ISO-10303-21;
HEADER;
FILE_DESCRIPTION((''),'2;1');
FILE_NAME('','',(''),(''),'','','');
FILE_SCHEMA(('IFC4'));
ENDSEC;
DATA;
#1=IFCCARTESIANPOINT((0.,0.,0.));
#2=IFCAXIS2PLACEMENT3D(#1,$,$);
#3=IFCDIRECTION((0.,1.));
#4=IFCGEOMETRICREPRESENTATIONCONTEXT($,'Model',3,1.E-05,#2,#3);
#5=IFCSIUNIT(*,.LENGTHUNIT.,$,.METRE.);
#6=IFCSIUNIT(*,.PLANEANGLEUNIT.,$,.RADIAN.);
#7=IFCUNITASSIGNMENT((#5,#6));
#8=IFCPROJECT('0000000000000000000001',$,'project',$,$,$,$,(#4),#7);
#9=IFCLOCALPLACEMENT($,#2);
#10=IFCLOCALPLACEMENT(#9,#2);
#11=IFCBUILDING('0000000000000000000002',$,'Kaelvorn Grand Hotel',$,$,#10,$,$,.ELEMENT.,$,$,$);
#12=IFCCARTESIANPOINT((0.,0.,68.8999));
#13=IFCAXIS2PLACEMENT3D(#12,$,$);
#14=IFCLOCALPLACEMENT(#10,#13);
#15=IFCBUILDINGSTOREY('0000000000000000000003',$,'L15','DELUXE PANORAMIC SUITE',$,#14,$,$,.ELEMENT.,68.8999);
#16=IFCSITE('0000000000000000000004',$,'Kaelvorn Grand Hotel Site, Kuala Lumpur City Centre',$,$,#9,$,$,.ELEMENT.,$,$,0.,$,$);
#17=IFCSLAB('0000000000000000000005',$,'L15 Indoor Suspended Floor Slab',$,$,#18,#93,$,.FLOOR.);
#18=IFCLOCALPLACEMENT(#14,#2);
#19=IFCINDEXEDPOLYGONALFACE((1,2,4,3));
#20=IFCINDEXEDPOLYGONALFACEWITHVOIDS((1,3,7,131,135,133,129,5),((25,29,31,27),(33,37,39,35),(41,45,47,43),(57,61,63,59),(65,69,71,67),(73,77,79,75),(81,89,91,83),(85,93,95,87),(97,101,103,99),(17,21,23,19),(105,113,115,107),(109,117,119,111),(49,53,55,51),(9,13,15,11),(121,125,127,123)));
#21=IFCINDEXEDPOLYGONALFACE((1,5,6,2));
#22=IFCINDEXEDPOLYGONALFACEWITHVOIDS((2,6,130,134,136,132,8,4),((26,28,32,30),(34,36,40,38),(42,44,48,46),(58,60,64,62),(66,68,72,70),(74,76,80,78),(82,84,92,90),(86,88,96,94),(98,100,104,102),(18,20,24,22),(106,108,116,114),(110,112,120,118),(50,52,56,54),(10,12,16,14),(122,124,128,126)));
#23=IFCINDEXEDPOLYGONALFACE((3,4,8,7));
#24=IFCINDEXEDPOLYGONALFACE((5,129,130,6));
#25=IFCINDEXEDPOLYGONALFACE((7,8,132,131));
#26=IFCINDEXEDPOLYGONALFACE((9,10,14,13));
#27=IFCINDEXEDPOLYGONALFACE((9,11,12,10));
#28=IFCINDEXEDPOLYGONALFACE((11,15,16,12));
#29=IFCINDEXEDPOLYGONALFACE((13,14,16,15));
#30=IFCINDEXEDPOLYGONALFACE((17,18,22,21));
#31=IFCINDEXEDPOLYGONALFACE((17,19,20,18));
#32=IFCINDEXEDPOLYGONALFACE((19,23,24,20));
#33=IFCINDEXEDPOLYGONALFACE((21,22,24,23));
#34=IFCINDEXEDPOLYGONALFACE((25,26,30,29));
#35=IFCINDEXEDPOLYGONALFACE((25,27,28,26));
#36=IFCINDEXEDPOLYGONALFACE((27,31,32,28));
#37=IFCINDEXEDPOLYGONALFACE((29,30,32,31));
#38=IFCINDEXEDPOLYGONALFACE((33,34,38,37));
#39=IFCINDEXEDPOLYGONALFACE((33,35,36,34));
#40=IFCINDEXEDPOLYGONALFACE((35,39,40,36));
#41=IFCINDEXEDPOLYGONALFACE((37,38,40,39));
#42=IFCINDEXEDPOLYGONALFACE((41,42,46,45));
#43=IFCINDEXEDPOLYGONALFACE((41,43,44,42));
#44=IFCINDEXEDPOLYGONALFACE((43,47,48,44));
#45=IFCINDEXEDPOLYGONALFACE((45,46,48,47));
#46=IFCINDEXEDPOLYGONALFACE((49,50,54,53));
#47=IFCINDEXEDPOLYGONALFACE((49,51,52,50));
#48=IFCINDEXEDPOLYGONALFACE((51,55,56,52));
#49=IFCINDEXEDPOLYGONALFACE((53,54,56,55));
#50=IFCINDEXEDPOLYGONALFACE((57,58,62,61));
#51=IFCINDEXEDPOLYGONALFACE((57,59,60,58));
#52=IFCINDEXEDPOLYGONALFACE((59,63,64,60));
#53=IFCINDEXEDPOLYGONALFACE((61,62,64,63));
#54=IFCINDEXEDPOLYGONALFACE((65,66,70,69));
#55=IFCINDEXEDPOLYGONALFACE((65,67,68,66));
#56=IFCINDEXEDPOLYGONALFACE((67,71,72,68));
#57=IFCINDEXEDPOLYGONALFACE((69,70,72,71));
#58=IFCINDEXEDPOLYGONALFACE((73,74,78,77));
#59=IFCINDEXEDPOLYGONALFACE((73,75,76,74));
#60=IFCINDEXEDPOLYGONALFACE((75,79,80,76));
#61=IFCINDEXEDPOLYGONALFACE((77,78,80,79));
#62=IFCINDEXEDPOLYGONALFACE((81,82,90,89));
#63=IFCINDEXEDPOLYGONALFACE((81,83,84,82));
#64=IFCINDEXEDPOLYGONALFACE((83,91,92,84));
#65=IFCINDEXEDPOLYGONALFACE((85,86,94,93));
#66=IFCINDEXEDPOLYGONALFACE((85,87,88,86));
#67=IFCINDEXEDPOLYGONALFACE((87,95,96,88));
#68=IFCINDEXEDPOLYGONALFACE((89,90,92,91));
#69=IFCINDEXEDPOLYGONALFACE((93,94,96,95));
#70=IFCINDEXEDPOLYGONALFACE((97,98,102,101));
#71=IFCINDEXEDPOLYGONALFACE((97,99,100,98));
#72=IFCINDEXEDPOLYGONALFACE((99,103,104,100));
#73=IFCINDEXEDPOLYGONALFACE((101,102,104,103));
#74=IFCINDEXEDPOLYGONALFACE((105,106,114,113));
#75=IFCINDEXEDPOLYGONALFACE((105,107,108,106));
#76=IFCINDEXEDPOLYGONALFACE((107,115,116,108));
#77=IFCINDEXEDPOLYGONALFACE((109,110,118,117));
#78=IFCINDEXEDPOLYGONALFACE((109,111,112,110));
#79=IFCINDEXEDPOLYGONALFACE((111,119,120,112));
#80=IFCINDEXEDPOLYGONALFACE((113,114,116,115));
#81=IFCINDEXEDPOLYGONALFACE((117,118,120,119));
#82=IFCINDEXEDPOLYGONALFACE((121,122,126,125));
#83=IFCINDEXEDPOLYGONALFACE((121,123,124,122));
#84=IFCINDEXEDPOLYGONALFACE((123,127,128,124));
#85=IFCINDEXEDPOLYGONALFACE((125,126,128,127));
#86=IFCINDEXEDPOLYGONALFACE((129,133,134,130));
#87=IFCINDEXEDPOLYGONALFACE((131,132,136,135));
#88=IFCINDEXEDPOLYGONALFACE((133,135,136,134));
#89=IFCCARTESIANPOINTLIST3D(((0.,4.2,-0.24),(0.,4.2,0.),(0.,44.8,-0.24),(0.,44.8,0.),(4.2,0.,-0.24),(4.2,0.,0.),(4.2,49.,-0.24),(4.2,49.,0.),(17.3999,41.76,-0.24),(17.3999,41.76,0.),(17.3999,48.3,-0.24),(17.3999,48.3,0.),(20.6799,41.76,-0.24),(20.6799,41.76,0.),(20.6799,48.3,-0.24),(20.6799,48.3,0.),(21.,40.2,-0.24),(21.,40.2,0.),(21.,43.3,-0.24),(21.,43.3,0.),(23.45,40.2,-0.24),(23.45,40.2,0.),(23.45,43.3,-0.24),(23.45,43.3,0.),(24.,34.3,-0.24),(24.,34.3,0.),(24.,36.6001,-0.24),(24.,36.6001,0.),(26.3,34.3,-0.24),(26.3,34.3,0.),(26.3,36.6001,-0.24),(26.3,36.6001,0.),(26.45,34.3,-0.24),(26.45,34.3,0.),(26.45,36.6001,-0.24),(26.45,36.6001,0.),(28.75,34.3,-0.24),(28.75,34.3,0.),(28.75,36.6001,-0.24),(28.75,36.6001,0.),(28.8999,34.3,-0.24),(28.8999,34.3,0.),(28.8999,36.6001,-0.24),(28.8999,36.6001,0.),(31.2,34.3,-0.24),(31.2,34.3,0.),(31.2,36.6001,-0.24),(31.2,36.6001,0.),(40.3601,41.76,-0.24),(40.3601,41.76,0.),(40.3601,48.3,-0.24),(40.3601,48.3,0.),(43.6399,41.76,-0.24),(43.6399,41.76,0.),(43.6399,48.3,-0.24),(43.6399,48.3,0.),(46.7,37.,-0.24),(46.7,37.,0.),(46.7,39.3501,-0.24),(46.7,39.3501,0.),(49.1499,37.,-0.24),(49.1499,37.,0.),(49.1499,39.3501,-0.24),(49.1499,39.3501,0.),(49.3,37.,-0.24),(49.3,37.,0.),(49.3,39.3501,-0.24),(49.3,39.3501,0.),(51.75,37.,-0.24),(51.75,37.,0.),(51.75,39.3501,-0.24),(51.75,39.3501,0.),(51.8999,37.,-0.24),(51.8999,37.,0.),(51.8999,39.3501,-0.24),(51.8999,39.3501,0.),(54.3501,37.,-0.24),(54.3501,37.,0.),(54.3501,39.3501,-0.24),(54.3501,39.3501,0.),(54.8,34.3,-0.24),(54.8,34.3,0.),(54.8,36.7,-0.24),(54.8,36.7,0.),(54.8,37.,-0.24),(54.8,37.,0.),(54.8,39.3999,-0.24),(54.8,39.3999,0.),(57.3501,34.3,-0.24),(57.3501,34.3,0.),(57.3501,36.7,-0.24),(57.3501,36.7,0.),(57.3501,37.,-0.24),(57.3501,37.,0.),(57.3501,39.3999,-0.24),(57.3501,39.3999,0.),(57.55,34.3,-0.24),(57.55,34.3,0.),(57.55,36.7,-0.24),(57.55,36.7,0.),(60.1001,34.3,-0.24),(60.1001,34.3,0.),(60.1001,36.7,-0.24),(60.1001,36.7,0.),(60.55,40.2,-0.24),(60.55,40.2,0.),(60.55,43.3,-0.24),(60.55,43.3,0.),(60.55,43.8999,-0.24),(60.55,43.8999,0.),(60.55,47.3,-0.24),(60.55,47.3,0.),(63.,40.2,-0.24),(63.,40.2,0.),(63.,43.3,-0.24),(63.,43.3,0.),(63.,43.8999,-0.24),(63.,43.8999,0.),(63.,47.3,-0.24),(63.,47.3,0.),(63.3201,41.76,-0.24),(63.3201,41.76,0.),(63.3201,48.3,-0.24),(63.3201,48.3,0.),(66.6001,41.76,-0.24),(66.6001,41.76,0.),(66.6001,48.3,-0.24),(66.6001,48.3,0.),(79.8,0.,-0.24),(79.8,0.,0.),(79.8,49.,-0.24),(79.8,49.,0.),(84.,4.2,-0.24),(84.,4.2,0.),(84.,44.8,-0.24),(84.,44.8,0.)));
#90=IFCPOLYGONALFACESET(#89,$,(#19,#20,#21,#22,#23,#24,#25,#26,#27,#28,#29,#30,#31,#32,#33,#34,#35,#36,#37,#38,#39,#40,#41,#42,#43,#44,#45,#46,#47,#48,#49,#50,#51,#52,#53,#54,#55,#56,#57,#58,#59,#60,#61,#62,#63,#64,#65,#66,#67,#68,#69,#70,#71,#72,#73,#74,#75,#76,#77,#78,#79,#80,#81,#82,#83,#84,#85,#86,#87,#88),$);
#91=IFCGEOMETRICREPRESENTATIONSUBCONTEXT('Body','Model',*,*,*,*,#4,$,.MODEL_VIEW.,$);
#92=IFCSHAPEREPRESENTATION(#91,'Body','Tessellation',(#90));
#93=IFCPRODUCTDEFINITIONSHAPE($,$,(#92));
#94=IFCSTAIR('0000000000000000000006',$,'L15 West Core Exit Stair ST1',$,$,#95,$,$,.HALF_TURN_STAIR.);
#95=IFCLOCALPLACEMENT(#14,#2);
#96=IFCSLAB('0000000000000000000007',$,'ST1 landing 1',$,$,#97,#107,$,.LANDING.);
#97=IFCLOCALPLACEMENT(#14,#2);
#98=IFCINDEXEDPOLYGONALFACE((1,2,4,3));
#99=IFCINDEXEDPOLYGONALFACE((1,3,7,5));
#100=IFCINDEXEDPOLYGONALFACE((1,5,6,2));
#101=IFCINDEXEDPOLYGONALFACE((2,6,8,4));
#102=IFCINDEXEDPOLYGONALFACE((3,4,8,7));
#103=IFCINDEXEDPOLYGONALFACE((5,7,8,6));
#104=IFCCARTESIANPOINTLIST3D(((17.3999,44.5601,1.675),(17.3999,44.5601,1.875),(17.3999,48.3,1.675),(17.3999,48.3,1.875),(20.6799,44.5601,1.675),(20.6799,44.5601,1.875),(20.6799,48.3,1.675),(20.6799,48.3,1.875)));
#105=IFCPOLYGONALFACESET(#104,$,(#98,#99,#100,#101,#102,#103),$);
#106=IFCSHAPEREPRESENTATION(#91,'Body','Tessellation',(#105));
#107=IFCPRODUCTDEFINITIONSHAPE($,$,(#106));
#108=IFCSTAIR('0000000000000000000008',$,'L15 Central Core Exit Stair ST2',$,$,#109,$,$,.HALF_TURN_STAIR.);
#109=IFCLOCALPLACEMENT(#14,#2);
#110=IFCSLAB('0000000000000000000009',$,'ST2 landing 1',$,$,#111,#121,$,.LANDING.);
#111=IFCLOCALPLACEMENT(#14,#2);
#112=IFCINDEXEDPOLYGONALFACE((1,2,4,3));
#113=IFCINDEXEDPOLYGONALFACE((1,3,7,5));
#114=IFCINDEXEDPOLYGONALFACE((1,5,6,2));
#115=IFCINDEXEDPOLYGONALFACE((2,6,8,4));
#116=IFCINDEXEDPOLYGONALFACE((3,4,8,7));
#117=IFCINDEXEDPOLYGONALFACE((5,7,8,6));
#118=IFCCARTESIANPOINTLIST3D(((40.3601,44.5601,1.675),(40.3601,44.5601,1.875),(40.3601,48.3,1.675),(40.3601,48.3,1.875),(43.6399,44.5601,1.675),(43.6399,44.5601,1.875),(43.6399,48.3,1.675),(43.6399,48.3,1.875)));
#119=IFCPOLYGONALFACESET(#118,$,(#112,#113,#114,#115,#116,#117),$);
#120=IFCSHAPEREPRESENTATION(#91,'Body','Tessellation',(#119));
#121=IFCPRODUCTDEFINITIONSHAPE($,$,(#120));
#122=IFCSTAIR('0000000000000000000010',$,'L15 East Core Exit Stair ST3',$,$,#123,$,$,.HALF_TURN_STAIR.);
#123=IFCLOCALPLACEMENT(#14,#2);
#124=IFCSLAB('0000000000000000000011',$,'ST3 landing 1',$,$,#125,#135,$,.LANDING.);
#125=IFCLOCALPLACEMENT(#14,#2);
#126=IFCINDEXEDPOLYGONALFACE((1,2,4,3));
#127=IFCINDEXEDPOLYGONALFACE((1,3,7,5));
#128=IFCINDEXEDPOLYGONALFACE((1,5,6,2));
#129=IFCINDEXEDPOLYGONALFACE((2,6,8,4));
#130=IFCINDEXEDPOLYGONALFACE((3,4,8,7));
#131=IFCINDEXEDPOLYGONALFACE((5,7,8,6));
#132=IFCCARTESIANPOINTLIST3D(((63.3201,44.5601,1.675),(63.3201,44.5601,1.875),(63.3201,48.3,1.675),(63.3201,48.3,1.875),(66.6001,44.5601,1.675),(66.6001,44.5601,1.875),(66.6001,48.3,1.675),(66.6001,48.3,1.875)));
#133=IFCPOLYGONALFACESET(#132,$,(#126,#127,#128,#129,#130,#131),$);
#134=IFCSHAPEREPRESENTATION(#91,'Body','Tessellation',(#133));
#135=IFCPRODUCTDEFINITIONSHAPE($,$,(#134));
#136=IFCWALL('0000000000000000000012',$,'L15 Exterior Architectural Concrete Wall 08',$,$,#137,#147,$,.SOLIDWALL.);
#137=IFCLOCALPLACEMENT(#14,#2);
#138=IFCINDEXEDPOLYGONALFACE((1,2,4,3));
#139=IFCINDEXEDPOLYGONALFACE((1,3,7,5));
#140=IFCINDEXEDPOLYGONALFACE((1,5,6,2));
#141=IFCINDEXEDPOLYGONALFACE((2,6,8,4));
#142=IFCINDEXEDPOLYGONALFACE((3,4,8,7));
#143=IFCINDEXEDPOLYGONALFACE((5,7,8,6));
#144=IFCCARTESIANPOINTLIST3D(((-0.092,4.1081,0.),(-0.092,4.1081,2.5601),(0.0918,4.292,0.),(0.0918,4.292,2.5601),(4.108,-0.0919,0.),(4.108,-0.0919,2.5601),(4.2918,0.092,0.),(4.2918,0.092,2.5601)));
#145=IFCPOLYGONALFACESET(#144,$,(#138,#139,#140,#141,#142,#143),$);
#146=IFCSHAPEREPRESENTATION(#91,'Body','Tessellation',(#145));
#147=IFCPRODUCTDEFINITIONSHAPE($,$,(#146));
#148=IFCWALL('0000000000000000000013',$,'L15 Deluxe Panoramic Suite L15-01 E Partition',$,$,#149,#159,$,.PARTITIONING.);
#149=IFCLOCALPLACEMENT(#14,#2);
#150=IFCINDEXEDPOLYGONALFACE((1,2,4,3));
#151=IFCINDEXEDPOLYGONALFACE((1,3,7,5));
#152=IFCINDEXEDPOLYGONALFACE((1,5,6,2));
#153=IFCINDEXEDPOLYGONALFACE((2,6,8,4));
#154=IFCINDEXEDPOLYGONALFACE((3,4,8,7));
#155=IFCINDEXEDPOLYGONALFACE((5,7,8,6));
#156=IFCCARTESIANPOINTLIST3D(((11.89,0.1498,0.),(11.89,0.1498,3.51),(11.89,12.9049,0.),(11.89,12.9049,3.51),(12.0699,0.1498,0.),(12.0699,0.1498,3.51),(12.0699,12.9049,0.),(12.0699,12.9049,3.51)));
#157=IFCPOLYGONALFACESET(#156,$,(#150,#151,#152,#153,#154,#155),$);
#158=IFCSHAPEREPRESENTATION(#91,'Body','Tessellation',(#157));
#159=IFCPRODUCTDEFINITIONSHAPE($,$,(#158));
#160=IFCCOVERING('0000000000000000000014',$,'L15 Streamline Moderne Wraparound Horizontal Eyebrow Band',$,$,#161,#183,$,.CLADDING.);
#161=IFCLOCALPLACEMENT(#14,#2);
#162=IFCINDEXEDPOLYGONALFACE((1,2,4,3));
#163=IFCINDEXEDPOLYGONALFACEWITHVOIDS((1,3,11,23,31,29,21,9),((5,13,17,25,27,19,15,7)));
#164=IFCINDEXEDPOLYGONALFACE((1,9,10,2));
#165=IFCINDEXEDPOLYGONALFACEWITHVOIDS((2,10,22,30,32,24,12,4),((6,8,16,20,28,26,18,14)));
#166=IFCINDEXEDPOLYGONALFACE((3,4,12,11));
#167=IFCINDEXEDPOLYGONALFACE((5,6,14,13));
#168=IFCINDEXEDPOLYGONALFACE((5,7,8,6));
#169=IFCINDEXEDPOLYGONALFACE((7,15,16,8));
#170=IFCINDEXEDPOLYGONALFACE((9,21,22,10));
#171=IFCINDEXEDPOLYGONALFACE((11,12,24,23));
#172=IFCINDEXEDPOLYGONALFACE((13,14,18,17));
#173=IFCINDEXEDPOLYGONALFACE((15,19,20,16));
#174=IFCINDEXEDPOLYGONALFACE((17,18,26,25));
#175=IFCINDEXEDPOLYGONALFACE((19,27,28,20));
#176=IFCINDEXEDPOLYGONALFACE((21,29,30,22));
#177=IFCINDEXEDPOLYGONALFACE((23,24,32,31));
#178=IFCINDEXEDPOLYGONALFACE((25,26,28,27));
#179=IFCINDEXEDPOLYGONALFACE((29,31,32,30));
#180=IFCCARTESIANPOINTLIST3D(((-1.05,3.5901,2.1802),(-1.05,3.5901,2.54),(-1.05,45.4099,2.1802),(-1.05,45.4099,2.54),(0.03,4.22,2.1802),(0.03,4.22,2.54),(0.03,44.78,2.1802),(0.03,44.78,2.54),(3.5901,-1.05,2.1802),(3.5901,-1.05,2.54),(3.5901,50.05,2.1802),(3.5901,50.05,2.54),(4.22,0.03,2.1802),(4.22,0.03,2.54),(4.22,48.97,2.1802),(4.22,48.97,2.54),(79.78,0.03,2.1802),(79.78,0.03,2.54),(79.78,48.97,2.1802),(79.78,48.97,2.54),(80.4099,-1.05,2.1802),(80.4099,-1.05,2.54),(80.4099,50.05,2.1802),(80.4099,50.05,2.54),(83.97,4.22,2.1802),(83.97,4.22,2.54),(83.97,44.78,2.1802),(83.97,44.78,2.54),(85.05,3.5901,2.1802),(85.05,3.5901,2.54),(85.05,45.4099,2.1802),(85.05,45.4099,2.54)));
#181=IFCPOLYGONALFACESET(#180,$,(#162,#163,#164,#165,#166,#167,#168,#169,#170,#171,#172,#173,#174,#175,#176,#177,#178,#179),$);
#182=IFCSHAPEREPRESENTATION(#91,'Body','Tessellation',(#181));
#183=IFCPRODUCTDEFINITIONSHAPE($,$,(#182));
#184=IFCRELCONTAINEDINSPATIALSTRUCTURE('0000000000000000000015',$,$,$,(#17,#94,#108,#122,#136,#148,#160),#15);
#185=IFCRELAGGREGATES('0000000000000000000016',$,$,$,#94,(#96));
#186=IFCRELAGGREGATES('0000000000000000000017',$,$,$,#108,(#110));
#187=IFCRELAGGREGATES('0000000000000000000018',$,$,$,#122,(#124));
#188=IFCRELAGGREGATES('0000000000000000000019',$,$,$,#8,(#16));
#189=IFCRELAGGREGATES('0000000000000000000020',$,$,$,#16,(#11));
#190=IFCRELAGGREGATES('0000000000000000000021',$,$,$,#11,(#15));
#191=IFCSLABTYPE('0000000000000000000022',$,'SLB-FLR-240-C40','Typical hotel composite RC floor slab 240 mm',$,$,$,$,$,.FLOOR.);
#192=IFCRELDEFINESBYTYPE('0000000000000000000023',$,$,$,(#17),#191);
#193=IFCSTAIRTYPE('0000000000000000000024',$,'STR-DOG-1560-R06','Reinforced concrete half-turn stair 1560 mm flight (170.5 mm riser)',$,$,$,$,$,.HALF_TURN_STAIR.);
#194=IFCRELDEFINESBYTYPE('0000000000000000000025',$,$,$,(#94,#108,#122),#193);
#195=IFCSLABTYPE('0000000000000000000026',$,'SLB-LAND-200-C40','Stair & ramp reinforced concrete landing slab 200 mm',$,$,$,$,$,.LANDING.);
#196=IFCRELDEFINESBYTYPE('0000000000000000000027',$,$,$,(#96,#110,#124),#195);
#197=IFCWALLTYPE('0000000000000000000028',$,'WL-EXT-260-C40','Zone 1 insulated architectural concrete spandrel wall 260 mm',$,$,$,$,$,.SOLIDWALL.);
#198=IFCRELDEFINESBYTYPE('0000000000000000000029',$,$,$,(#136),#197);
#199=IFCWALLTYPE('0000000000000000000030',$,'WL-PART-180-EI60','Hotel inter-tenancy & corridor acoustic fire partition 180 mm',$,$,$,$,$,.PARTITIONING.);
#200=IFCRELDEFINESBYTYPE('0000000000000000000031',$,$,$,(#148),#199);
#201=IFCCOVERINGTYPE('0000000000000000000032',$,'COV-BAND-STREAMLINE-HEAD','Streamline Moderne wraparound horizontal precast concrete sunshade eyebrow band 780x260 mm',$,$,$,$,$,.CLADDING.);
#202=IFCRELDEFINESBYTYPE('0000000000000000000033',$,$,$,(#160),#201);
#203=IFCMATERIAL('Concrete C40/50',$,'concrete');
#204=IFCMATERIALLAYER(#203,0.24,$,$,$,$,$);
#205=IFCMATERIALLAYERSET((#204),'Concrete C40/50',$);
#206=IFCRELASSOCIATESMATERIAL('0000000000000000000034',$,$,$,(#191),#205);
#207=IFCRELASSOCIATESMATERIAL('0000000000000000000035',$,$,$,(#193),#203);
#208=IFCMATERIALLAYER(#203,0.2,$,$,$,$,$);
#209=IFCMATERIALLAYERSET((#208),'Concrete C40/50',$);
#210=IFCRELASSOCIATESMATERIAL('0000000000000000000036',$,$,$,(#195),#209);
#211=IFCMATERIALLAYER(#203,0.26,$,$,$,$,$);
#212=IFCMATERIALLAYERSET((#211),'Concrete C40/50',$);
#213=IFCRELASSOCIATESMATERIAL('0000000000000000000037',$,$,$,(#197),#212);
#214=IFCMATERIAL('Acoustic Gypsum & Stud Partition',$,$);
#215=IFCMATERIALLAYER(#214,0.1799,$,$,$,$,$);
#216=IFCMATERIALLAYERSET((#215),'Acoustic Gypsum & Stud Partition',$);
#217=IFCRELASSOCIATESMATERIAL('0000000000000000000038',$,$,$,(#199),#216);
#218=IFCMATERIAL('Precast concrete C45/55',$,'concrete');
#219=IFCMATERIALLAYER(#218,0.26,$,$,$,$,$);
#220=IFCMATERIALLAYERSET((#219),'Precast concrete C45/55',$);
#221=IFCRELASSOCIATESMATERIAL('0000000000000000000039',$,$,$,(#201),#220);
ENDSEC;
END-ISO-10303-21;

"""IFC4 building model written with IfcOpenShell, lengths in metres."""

from ifc_helpers import new_model, si_unit, direction, frame, frame_2d, origin, place, context, subcontext, project, spatial, polyline, rectangle, outline, extrude, material, layer, layer_set, type_object, element, aggregate, save


model = new_model("IFC4")

# Units and contexts
model_context = context("Model", 3, precision=1e-05, world=origin(), true_north=direction((0.0, 1.0)))
body_context = subcontext(model_context, "Body", "Model", "MODEL_VIEW")
ifc_project = project(units=[si_unit("LENGTHUNIT", "METRE"), si_unit("PLANEANGLEUNIT", "RADIAN")], contexts=[model_context])

# Site, building, storey
site_placement = place(None, origin())
site = spatial("IfcSite", under=ifc_project, at=site_placement, Name="Kaelvorn Grand Hotel Site, Kuala Lumpur City Centre", CompositionType="ELEMENT", RefElevation=0.0)
building_placement = place(site_placement, origin())
building = spatial("IfcBuilding", under=site, at=building_placement, Name="Kaelvorn Grand Hotel", CompositionType="ELEMENT")
storey_placement = place(building_placement, frame((0.0, 0.0, 68.8999)))
storey = spatial("IfcBuildingStorey", under=building, at=storey_placement, Name="L15", Description="DELUXE PANORAMIC SUITE", CompositionType="ELEMENT", Elevation=68.8999)

# Shared definitions
ifc_material_1 = material(Name="Precast concrete C45/55", Category="concrete")

# Slab
ifc_material_2 = material(Name="Concrete C40/50", Category="concrete")
ifc_layer_1 = layer(ifc_material_2, 0.24)
ifc_layer_set_1 = layer_set([ifc_layer_1], Name="Concrete C40/50")
slab_type_1 = type_object("IfcSlabType", Name="SLB-FLR-240-C40", Description="Typical hotel composite RC floor slab 240 mm", PredefinedType="FLOOR", material=ifc_layer_set_1)
slab_1_placement = place(storey_placement, frame((0.0, 0.0, -0.24)))
element("IfcSlab", 1, at=slab_1_placement, inside=storey, type_object=slab_type_1, Name="L15 Indoor Suspended Floor Slab", PredefinedType="FLOOR", context=body_context, shape_type="SweptSolid", body=[
    extrude(outline(polyline([(4.2, 0.0), (79.8, 0.0), (84.0, 4.2), (84.0, 44.8), (79.8, 49.0), (4.2, 49.0), (0.0, 44.8), (0.0, 4.2), (4.2, 0.0)]), holes=[polyline([(17.3999, 41.76), (17.3999, 48.3), (20.6799, 48.3), (20.6799, 41.76), (17.3999, 41.76)]), polyline([(40.3601, 41.76), (40.3601, 48.3), (43.6399, 48.3), (43.6399, 41.76), (40.3601, 41.76)]), polyline([(63.3201, 41.76), (63.3201, 48.3), (66.6001, 48.3), (66.6001, 41.76), (63.3201, 41.76)]), polyline([(24.0, 34.3), (24.0, 36.6001), (26.3, 36.6001), (26.3, 34.3), (24.0, 34.3)]), polyline([(26.45, 34.3), (26.45, 36.6001), (28.75, 36.6001), (28.75, 34.3), (26.45, 34.3)]), polyline([(28.8999, 34.3), (28.8999, 36.6001), (31.2, 36.6001), (31.2, 34.3), (28.8999, 34.3)]), polyline([(46.7, 37.0), (46.7, 39.3501), (49.1499, 39.3501), (49.1499, 37.0), (46.7, 37.0)]), polyline([(49.3, 37.0), (49.3, 39.3501), (51.75, 39.3501), (51.75, 37.0), (49.3, 37.0)]), polyline([(51.8999, 37.0), (51.8999, 39.3501), (54.3501, 39.3501), (54.3501, 37.0), (51.8999, 37.0)]), polyline([(54.8, 34.3), (54.8, 36.7), (57.3501, 36.7), (57.3501, 34.3), (54.8, 34.3)]), polyline([(57.55, 34.3), (57.55, 36.7), (60.1001, 36.7), (60.1001, 34.3), (57.55, 34.3)]), polyline([(54.8, 37.0), (54.8, 39.3999), (57.3501, 39.3999), (57.3501, 37.0), (54.8, 37.0)]), polyline([(21.0, 40.2), (21.0, 43.3), (23.45, 43.3), (23.45, 40.2), (21.0, 40.2)]), polyline([(60.55, 40.2), (60.55, 43.3), (63.0, 43.3), (63.0, 40.2), (60.55, 40.2)]), polyline([(60.55, 43.8999), (60.55, 47.3), (63.0, 47.3), (63.0, 43.8999), (60.55, 43.8999)])]), origin(), (0.0, 0.0, 1.0), 0.24),
])

# Stairs, slabs
stair_type = type_object("IfcStairType", Name="STR-DOG-1560-R06", Description="Reinforced concrete half-turn stair 1560 mm flight (170.5 mm riser)", PredefinedType="HALF_TURN_STAIR", material=ifc_material_2)
stair_1_placement = place(storey_placement, origin())
stair_1 = element("IfcStair", 2, at=stair_1_placement, inside=storey, type_object=stair_type, Name="L15 West Core Exit Stair ST1", PredefinedType="HALF_TURN_STAIR")
ifc_layer_2 = layer(ifc_material_2, 0.2)
ifc_layer_set_2 = layer_set([ifc_layer_2], Name="Concrete C40/50")
slab_type_2 = type_object("IfcSlabType", Name="SLB-LAND-200-C40", Description="Stair & ramp reinforced concrete landing slab 200 mm", PredefinedType="LANDING", material=ifc_layer_set_2)
slab_2_placement = place(storey_placement, frame((0.0, 0.0, 1.675)))
slab_2 = element("IfcSlab", 3, at=slab_2_placement, type_object=slab_type_2, Name="ST1 landing 1", PredefinedType="LANDING", context=body_context, shape_type="SweptSolid", body=[
    extrude(outline(polyline([(20.6799, 44.5601), (20.6799, 48.3), (17.3999, 48.3), (17.3999, 44.5601), (20.6799, 44.5601)])), origin(), (0.0, 0.0, 1.0), 0.2),
])
aggregate(stair_1, [slab_2])
stair_2_placement = place(storey_placement, origin())
stair_2 = element("IfcStair", 4, at=stair_2_placement, inside=storey, type_object=stair_type, Name="L15 Central Core Exit Stair ST2", PredefinedType="HALF_TURN_STAIR")
slab_3_placement = place(storey_placement, frame((0.0, 0.0, 1.675)))
slab_3 = element("IfcSlab", 5, at=slab_3_placement, type_object=slab_type_2, Name="ST2 landing 1", PredefinedType="LANDING", context=body_context, shape_type="SweptSolid", body=[
    extrude(outline(polyline([(43.6399, 44.5601), (43.6399, 48.3), (40.3601, 48.3), (40.3601, 44.5601), (43.6399, 44.5601)])), origin(), (0.0, 0.0, 1.0), 0.2),
])
aggregate(stair_2, [slab_3])
stair_3_placement = place(storey_placement, origin())
stair_3 = element("IfcStair", 6, at=stair_3_placement, inside=storey, type_object=stair_type, Name="L15 East Core Exit Stair ST3", PredefinedType="HALF_TURN_STAIR")
slab_4_placement = place(storey_placement, frame((0.0, 0.0, 1.675)))
slab_4 = element("IfcSlab", 7, at=slab_4_placement, type_object=slab_type_2, Name="ST3 landing 1", PredefinedType="LANDING", context=body_context, shape_type="SweptSolid", body=[
    extrude(outline(polyline([(66.6001, 44.5601), (66.6001, 48.3), (63.3201, 48.3), (63.3201, 44.5601), (66.6001, 44.5601)])), origin(), (0.0, 0.0, 1.0), 0.2),
])
aggregate(stair_3, [slab_4])

# Walls
ifc_layer_3 = layer(ifc_material_2, 0.26)
ifc_layer_set_3 = layer_set([ifc_layer_3], Name="Concrete C40/50")
wall_type_1 = type_object("IfcWallType", Name="WL-EXT-260-C40", Description="Zone 1 insulated architectural concrete spandrel wall 260 mm", PredefinedType="SOLIDWALL", material=ifc_layer_set_3)
wall_1_placement = place(storey_placement, frame((0.0, 4.2, 0.0), z_axis=(0.0, 0.0, 1.0), x_axis=(0.707107, -0.707107, 0.0)))
element("IfcWall", 8, at=wall_1_placement, inside=storey, type_object=wall_type_1, Name="L15 Exterior Architectural Concrete Wall 08", PredefinedType="SOLIDWALL", context=body_context, shape_type="SweptSolid", body=[
    extrude(rectangle(XDim=5.9397, YDim=0.26, at=frame_2d((2.9697, 0.0))), origin(), (0.0, 0.0, 1.0), 2.5601),
])
ifc_material_3 = material(Name="Acoustic Gypsum & Stud Partition")
ifc_layer_4 = layer(ifc_material_3, 0.1799)
ifc_layer_set_4 = layer_set([ifc_layer_4], Name="Acoustic Gypsum & Stud Partition")
wall_type_2 = type_object("IfcWallType", Name="WL-PART-180-EI60", Description="Hotel inter-tenancy & corridor acoustic fire partition 180 mm", PredefinedType="PARTITIONING", material=ifc_layer_set_4)
wall_2_placement = place(storey_placement, frame((11.98, 0.1499, 0.0), z_axis=(0.0, 0.0, 1.0), x_axis=(0.0, 1.0, 0.0)))
element("IfcWall", 9, at=wall_2_placement, inside=storey, type_object=wall_type_2, Name="L15 Deluxe Panoramic Suite L15-01 E Partition", PredefinedType="PARTITIONING", context=body_context, shape_type="SweptSolid", body=[
    extrude(rectangle(XDim=12.7551, YDim=0.1799, at=frame_2d((6.3774, 0.0))), origin(), (0.0, 0.0, 1.0), 3.51),
])

# Covering
ifc_layer_5 = layer(ifc_material_1, 0.26)
ifc_layer_set_5 = layer_set([ifc_layer_5], Name="Precast concrete C45/55")
covering_type_1 = type_object("IfcCoveringType", Name="COV-BAND-STREAMLINE-HEAD", Description="Streamline Moderne wraparound horizontal precast concrete sunshade eyebrow band 780x260 mm", PredefinedType="CLADDING", material=ifc_layer_set_5)
covering_1_placement = place(storey_placement, frame((0.0, 0.0, 2.1802)))
element("IfcCovering", 10, at=covering_1_placement, inside=storey, type_object=covering_type_1, Name="L15 Streamline Moderne Wraparound Horizontal Eyebrow Band", PredefinedType="CLADDING", context=body_context, shape_type="SweptSolid", body=[
    extrude(outline(polyline([(3.5901, -1.05), (80.4099, -1.05), (85.05, 3.5901), (85.05, 45.4099), (80.4099, 50.05), (3.5901, 50.05), (-1.05, 45.4099), (-1.05, 3.5901), (3.5901, -1.05)]), holes=[polyline([(4.22, 0.03), (79.78, 0.03), (83.97, 4.22), (83.97, 44.78), (79.78, 48.97), (4.22, 48.97), (0.03, 44.78), (0.03, 4.22), (4.22, 0.03)])]), origin(), (0.0, 0.0, 1.0), 0.3599),
])

save(model, "model.ifc")
